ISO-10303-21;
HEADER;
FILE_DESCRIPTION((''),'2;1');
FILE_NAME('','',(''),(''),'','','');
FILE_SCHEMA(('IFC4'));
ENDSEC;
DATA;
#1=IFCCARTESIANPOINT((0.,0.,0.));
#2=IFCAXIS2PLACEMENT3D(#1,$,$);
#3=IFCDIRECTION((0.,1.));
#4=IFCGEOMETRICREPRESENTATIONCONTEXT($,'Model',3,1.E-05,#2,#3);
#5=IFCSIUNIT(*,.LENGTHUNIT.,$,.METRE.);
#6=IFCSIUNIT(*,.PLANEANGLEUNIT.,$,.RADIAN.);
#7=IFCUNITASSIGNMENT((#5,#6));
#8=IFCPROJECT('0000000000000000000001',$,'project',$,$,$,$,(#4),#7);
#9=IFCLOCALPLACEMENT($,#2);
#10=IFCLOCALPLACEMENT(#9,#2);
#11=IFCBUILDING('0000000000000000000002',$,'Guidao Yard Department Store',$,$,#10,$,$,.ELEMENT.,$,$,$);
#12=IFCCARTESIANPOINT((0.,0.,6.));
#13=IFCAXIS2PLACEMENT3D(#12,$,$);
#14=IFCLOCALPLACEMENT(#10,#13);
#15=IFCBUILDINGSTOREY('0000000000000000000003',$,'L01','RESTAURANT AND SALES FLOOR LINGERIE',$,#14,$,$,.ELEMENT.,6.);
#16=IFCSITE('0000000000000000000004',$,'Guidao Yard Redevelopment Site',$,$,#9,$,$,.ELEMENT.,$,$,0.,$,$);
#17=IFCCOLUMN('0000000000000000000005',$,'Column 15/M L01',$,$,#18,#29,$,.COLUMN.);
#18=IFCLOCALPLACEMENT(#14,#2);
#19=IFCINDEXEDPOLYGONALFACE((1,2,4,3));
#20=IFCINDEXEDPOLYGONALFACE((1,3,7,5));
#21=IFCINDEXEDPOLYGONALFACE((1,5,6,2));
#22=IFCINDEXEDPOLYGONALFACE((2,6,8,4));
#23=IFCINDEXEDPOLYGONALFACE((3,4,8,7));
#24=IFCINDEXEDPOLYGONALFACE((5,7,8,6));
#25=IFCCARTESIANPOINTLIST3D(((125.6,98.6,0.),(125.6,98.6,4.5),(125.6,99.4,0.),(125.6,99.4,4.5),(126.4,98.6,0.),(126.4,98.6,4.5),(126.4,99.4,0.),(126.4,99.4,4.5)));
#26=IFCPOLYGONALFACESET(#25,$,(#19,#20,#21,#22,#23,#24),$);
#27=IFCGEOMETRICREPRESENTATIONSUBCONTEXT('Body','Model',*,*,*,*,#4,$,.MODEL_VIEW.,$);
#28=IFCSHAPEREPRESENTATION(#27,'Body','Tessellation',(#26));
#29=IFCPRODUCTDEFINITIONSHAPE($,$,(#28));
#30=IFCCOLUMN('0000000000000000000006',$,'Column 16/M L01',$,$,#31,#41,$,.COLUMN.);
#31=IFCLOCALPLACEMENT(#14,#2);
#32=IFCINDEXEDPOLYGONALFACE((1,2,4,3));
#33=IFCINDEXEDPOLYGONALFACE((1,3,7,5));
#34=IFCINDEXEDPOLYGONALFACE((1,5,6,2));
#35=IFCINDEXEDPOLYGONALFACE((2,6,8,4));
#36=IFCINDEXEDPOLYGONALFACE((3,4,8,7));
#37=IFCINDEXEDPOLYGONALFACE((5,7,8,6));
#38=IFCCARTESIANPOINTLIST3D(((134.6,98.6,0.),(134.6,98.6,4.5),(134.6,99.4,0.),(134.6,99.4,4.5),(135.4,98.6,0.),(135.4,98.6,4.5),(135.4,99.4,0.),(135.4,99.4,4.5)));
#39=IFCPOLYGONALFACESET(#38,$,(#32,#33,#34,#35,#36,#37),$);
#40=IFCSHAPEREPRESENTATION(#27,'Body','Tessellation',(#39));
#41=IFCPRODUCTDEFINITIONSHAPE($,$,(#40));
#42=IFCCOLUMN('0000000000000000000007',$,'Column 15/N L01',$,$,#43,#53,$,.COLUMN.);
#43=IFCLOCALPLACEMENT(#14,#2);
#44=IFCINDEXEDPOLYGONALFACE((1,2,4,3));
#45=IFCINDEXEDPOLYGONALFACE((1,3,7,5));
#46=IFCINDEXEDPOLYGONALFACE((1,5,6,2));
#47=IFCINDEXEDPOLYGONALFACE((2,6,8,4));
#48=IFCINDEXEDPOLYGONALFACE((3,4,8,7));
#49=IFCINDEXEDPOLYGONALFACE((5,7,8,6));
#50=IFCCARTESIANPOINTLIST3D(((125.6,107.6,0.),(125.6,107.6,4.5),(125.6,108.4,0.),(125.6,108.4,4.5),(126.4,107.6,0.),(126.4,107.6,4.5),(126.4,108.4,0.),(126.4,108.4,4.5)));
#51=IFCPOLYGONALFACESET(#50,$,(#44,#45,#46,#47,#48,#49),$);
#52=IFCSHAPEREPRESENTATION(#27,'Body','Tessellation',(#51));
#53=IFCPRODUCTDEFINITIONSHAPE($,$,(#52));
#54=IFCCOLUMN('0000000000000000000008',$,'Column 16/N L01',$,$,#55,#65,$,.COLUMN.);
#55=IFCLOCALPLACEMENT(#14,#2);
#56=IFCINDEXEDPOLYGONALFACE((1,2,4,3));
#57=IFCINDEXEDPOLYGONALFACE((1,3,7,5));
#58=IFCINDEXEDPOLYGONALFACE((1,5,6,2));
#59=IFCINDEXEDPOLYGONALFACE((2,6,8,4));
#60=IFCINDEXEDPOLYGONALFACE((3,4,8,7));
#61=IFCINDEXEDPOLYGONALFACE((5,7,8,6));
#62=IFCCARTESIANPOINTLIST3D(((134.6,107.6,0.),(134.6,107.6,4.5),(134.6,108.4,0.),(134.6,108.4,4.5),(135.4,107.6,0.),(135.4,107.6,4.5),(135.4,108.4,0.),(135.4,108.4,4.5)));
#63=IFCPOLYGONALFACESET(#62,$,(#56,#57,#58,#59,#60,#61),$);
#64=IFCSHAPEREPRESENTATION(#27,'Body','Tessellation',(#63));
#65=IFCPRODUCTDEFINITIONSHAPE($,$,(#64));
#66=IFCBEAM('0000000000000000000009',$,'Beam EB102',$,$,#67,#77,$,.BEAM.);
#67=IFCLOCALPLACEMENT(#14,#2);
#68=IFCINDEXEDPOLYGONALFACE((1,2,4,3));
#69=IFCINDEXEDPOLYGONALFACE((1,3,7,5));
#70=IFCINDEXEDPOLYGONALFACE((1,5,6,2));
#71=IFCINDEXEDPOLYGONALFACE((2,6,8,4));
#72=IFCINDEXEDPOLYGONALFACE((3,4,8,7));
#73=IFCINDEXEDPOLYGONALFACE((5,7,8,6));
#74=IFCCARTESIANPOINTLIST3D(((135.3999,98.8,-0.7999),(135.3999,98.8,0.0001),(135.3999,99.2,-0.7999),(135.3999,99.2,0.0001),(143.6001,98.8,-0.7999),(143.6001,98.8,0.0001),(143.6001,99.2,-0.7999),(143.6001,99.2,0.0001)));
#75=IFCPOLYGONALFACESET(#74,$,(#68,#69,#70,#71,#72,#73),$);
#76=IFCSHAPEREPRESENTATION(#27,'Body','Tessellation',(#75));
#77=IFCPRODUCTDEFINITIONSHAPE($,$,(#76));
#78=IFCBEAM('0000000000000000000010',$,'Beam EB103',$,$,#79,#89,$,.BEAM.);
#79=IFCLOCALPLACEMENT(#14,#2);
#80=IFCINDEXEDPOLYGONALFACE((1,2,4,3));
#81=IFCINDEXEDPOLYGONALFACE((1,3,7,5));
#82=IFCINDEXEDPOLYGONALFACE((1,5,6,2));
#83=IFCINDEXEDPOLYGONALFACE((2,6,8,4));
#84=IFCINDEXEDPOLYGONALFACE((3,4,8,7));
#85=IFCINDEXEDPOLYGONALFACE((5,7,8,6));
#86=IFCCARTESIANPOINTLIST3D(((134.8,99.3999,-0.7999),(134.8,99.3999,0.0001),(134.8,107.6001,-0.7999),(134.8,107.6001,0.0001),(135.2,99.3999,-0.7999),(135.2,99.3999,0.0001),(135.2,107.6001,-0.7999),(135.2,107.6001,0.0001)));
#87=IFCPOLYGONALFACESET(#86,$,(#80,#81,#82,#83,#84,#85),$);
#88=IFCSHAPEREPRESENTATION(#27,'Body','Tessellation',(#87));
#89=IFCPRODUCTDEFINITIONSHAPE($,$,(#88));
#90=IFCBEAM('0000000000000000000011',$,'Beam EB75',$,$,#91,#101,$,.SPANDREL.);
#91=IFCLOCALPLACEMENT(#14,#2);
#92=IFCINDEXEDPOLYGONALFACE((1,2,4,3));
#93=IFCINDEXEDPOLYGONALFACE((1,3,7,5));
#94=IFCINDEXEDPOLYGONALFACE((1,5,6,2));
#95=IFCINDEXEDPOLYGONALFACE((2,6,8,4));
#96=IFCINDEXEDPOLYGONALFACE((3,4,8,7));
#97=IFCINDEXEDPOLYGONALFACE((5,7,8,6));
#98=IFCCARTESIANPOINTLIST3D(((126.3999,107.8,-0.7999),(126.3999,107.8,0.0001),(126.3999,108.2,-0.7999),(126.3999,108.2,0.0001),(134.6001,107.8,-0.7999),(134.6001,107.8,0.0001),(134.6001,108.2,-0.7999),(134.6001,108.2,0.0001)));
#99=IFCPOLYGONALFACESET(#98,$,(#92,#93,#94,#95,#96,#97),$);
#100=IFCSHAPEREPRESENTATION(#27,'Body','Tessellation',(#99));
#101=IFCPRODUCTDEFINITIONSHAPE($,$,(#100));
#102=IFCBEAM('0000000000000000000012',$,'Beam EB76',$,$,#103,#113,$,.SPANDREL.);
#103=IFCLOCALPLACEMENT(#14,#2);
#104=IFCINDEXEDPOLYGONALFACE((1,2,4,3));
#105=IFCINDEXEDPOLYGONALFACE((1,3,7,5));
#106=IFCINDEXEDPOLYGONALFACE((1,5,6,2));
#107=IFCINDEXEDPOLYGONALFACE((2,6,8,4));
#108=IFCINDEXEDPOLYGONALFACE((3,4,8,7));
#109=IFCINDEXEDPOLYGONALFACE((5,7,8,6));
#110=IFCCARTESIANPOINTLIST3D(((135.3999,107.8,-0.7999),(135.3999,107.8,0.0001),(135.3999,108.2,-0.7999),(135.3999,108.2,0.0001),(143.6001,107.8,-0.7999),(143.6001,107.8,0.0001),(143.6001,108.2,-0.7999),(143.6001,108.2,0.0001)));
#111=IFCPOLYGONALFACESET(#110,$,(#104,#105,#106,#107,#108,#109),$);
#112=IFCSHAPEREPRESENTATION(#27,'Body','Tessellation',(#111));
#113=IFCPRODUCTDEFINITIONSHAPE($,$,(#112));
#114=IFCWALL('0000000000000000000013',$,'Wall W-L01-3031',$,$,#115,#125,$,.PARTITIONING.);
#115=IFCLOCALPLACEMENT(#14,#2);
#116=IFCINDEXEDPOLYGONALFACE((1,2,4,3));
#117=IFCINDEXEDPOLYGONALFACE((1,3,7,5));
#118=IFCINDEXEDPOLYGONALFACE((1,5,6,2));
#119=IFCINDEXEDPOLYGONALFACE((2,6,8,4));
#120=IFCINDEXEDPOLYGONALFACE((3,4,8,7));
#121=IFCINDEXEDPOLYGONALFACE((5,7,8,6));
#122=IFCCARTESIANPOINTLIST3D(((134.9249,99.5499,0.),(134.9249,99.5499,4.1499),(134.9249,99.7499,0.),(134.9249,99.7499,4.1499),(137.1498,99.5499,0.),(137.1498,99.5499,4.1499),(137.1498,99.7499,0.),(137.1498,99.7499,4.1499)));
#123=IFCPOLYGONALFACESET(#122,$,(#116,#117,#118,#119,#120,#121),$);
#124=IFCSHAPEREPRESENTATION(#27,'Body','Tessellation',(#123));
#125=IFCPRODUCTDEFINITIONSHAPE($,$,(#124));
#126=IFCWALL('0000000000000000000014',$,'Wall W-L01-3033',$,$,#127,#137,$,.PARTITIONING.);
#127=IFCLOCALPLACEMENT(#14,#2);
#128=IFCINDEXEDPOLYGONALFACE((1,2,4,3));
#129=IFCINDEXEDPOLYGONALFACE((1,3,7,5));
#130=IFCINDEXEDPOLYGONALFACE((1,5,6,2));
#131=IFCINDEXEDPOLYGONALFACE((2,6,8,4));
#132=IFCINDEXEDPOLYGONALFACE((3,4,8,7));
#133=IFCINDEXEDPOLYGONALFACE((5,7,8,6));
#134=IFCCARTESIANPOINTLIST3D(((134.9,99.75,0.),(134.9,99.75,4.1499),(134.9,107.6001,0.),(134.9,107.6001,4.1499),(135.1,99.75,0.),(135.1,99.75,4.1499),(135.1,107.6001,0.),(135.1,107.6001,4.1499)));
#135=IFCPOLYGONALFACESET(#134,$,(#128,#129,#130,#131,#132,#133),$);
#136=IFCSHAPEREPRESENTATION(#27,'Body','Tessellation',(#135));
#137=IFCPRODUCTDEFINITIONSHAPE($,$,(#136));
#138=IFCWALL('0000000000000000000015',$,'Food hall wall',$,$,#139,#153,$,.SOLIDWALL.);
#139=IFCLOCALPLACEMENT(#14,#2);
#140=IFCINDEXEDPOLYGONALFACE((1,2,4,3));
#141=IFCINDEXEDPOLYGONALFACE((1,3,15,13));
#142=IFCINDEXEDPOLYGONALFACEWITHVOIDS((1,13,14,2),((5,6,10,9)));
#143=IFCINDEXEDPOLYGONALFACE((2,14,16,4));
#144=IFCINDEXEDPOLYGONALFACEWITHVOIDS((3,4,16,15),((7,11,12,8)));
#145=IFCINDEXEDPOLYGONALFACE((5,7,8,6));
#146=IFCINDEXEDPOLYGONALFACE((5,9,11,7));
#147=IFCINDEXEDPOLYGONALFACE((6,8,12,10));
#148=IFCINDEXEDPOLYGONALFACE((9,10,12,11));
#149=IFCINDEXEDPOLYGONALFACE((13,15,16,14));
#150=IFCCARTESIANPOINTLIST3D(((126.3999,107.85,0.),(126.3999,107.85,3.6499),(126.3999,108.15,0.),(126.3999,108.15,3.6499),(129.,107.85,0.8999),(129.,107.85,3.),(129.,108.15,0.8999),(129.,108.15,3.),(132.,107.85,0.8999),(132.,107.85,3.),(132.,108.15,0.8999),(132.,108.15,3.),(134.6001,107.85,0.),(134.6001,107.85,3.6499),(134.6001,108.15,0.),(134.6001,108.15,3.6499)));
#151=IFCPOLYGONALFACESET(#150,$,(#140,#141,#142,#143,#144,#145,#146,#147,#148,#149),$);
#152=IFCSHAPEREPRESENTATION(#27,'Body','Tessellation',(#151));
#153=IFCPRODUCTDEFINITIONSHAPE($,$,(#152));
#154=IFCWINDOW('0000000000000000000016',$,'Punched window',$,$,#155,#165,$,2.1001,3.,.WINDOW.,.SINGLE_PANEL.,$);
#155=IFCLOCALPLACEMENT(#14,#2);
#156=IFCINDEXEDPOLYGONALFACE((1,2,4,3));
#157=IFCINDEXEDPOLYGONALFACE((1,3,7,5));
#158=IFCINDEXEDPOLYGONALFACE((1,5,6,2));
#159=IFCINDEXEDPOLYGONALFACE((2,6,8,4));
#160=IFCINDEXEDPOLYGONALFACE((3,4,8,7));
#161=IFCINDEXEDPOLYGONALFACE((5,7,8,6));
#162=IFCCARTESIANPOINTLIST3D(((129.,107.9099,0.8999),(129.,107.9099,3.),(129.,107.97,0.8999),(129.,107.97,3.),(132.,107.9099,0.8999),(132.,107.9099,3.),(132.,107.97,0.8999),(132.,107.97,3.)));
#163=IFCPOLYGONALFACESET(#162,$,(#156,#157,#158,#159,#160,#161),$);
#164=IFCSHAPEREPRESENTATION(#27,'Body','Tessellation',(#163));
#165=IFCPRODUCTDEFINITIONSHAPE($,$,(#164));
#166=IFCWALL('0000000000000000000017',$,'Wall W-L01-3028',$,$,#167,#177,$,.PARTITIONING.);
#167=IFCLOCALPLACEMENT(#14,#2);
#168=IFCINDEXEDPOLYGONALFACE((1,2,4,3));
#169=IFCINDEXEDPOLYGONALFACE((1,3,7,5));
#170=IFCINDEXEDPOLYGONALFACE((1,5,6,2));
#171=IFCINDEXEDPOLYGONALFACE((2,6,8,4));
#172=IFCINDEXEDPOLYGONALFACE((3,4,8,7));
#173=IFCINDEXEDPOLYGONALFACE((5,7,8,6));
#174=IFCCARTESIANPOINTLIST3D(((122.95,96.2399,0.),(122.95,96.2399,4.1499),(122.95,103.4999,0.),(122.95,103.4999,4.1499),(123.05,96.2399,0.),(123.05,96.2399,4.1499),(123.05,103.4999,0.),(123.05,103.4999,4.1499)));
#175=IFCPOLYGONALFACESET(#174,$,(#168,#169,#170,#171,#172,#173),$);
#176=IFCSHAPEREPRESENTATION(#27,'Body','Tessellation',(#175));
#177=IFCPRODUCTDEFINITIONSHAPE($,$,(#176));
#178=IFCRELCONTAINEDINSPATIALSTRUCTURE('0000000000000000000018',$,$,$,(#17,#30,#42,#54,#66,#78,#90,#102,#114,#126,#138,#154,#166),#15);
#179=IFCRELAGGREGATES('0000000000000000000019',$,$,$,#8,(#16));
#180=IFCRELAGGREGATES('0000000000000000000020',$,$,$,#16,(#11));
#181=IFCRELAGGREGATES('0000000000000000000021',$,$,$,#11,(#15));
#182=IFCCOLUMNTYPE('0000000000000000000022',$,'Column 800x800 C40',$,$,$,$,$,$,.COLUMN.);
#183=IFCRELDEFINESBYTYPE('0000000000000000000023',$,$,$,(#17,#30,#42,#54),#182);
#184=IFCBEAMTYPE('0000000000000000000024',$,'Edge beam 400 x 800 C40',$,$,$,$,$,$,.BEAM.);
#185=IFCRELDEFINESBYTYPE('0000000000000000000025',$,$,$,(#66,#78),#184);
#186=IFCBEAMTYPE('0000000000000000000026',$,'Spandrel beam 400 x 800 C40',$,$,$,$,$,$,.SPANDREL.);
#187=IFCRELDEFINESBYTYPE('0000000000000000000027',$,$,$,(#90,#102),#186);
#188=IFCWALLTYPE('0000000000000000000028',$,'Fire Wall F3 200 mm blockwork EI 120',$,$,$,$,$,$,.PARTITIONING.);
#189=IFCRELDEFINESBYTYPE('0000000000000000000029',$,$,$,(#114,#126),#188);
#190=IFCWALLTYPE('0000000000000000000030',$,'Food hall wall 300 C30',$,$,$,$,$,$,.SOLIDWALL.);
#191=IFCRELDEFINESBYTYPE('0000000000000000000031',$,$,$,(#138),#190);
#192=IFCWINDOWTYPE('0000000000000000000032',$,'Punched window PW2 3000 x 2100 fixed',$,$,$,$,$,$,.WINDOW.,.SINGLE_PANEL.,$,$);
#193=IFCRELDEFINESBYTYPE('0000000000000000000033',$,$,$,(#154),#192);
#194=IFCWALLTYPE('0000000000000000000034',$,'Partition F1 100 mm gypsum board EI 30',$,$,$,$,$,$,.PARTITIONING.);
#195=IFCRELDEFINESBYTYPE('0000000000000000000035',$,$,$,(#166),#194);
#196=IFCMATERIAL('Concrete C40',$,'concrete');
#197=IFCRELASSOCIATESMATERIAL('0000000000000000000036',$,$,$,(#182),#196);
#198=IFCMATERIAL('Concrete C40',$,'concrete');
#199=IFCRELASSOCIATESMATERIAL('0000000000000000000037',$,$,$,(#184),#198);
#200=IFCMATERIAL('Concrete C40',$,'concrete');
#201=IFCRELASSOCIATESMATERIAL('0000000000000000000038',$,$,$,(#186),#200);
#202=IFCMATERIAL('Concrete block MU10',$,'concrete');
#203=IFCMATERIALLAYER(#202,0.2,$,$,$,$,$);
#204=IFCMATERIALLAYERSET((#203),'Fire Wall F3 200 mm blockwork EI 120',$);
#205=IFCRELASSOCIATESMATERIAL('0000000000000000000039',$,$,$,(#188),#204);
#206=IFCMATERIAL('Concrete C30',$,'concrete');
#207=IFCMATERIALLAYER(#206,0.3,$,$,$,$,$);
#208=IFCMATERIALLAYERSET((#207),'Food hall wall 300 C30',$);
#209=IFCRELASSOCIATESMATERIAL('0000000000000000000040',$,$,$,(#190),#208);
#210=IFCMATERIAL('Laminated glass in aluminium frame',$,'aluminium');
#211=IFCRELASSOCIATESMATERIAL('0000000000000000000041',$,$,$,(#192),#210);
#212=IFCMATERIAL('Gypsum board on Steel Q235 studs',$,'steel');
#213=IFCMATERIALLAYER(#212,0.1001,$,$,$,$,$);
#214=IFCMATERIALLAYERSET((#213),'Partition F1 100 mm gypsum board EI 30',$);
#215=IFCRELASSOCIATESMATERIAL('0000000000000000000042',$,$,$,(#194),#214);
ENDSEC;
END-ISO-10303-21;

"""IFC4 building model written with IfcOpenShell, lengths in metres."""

from ifc_helpers import new_model, si_unit, direction, frame, frame_2d, origin, origin_2d, place, context, subcontext, project, spatial, rectangle, extrude, material, layer, layer_set, material_profile, profile_set, type_object, element, fill, save


model = new_model("IFC4")

# Units and contexts
model_context = context("Model", 3, precision=1e-05, world=origin(), true_north=direction((0.0, 1.0)))
body_context = subcontext(model_context, "Body", "Model", "MODEL_VIEW")
ifc_project = project(units=[si_unit("LENGTHUNIT", "METRE"), si_unit("PLANEANGLEUNIT", "RADIAN")], contexts=[model_context])

# Site, building, storey
site_placement = place(None, origin())
site = spatial("IfcSite", under=ifc_project, at=site_placement, Name="Guidao Yard Redevelopment Site", CompositionType="ELEMENT", RefElevation=0.0)
building_placement = place(site_placement, origin())
building = spatial("IfcBuilding", under=site, at=building_placement, Name="Guidao Yard Department Store", CompositionType="ELEMENT")
storey_placement = place(building_placement, frame((0.0, 0.0, 6.0)))
storey = spatial("IfcBuildingStorey", under=building, at=storey_placement, Name="L01", Description="RESTAURANT AND SALES FLOOR LINGERIE", CompositionType="ELEMENT", Elevation=6.0)

# Columns
ifc_material_1 = material(Name="Concrete C40", Category="concrete")
ifc_material_profile_1 = material_profile(ifc_material_1, rectangle(XDim=0.8, YDim=0.8, at=origin_2d()), Name="COL 800x800")
ifc_profile_set_1 = profile_set([ifc_material_profile_1], Name="Concrete C40")
column_type = type_object("IfcColumnType", Name="Column 800x800 C40", PredefinedType="COLUMN", material=ifc_profile_set_1)
for number, where, z_axis, x_axis, name in (
    (1, (126.0, 99.0, 0.0), (0.0, 0.0, 1.0), (1.0, 0.0, 0.0), "Column 15/M L01"),
    (2, (135.0, 99.0, 0.0), (0.0, 0.0, 1.0), (1.0, 0.0, 0.0), "Column 16/M L01"),
    (3, (126.0, 108.0, 0.0), (0.0, 0.0, 1.0), (1.0, 0.0, 0.0), "Column 15/N L01"),
    (4, (135.0, 108.0, 0.0), (0.0, 0.0, 1.0), (1.0, 0.0, 0.0), "Column 16/N L01"),
):
    element("IfcColumn", number, at=place(storey_placement, frame(where, z_axis=z_axis, x_axis=x_axis)), inside=storey, type_object=column_type, Name=name, PredefinedType="COLUMN", context=body_context, shape_type="SweptSolid", body=[
        extrude(rectangle(XDim=0.8, YDim=0.8, at=origin_2d()), origin(), (0.0, 0.0, 1.0), 4.5),
    ])

# Beams
ifc_material_2 = material(Name="Concrete C40", Category="concrete")
ifc_material_profile_2 = material_profile(ifc_material_2, rectangle(XDim=0.3999, YDim=0.8, at=origin_2d()), Name="Edge beam 400 x 800 C40")
ifc_profile_set_2 = profile_set([ifc_material_profile_2], Name="Concrete C40")
beam_type_1 = type_object("IfcBeamType", Name="Edge beam 400 x 800 C40", PredefinedType="BEAM", material=ifc_profile_set_2)
for number, where, z_axis, x_axis, name in (
    (5, (135.3999, 99.0, -0.3999), (1.0, 0.0, 0.0), (0.0, 1.0, 0.0), "Beam EB102"),
    (6, (135.0, 99.3999, -0.3999), (0.0, 1.0, 0.0), (-1.0, 0.0, 0.0), "Beam EB103"),
):
    element("IfcBeam", number, at=place(storey_placement, frame(where, z_axis=z_axis, x_axis=x_axis)), inside=storey, type_object=beam_type_1, Name=name, PredefinedType="BEAM", context=body_context, shape_type="SweptSolid", body=[
        extrude(rectangle(XDim=0.3999, YDim=0.8, at=origin_2d()), origin(), (0.0, 0.0, 1.0), 8.2002),
    ])
ifc_material_3 = material(Name="Concrete C40", Category="concrete")
ifc_material_profile_3 = material_profile(ifc_material_3, rectangle(XDim=0.3999, YDim=0.8, at=origin_2d()), Name="Spandrel beam 400 x 800 C40")
ifc_profile_set_3 = profile_set([ifc_material_profile_3], Name="Concrete C40")
beam_type_2 = type_object("IfcBeamType", Name="Spandrel beam 400 x 800 C40", PredefinedType="SPANDREL", material=ifc_profile_set_3)
for number, where, z_axis, x_axis, name in (
    (7, (126.3999, 108.0, -0.3999), (1.0, 0.0, 0.0), (0.0, 1.0, 0.0), "Beam EB75"),
    (8, (135.3999, 108.0, -0.3999), (1.0, 0.0, 0.0), (0.0, 1.0, 0.0), "Beam EB76"),
):
    element("IfcBeam", number, at=place(storey_placement, frame(where, z_axis=z_axis, x_axis=x_axis)), inside=storey, type_object=beam_type_2, Name=name, PredefinedType="SPANDREL", context=body_context, shape_type="SweptSolid", body=[
        extrude(rectangle(XDim=0.3999, YDim=0.8, at=origin_2d()), origin(), (0.0, 0.0, 1.0), 8.2002),
    ])

# Walls
ifc_material_4 = material(Name="Concrete block MU10", Category="concrete")
ifc_layer_1 = layer(ifc_material_4, 0.2)
ifc_layer_set_1 = layer_set([ifc_layer_1], Name="Fire Wall F3 200 mm blockwork EI 120")
wall_type_1 = type_object("IfcWallType", Name="Fire Wall F3 200 mm blockwork EI 120", PredefinedType="PARTITIONING", material=ifc_layer_set_1)
wall_1_placement = place(storey_placement, frame((134.925, 99.6499, 0.0), z_axis=(0.0, 0.0, 1.0), x_axis=(1.0, 0.0, 0.0)))
element("IfcWall", 9, at=wall_1_placement, inside=storey, type_object=wall_type_1, Name="Wall W-L01-3031", PredefinedType="PARTITIONING", context=body_context, shape_type="SweptSolid", body=[
    extrude(rectangle(XDim=2.2249, YDim=0.2, at=frame_2d((1.1123, 0.0))), origin(), (0.0, 0.0, 1.0), 4.1499),
])
wall_2_placement = place(storey_placement, frame((135.0, 99.75, 0.0), z_axis=(0.0, 0.0, 1.0), x_axis=(0.0, 1.0, 0.0)))
element("IfcWall", 10, at=wall_2_placement, inside=storey, type_object=wall_type_1, Name="Wall W-L01-3033", PredefinedType="PARTITIONING", context=body_context, shape_type="SweptSolid", body=[
    extrude(rectangle(XDim=7.8501, YDim=0.2, at=frame_2d((3.925, 0.0))), origin(), (0.0, 0.0, 1.0), 4.1499),
])

# Wall, opening, window
ifc_material_5 = material(Name="Concrete C30", Category="concrete")
ifc_layer_2 = layer(ifc_material_5, 0.3)
ifc_layer_set_2 = layer_set([ifc_layer_2], Name="Food hall wall 300 C30")
wall_type_2 = type_object("IfcWallType", Name="Food hall wall 300 C30", PredefinedType="SOLIDWALL", material=ifc_layer_set_2)
wall_3_placement = place(storey_placement, frame((126.3999, 108.0, 0.0), z_axis=(0.0, 0.0, 1.0), x_axis=(1.0, 0.0, 0.0)))
wall_3 = element("IfcWall", 11, at=wall_3_placement, inside=storey, type_object=wall_type_2, Name="Food hall wall", PredefinedType="SOLIDWALL", context=body_context, shape_type="SweptSolid", body=[
    extrude(rectangle(XDim=8.2002, YDim=0.3, at=frame_2d((4.1001, 0.0))), origin(), (0.0, 0.0, 1.0), 3.6499),
])
opening_1_placement = place(wall_3_placement, frame((2.6001, 0.0, 0.8999)))
opening_1 = element("IfcOpeningElement", 12, at=opening_1_placement, cuts=wall_3, PredefinedType="OPENING", context=body_context, shape_type="SweptSolid", body=[
    extrude(rectangle(XDim=3.0, YDim=2.1001, at=frame_2d((1.5, 1.05))), frame((0.0, 0.1599, 0.0), z_axis=(0.0, -1.0, 0.0), x_axis=(1.0, 0.0, 0.0)), (0.0, 0.0, 1.0), 0.3201),
])
ifc_material_6 = material(Name="Laminated glass in aluminium frame", Category="aluminium")
window_type = type_object("IfcWindowType", Name="Punched window PW2 3000 x 2100 fixed", PartitioningType="SINGLE_PANEL", PredefinedType="WINDOW", material=ifc_material_6)
window_placement = place(opening_1_placement, origin())
window = element("IfcWindow", 13, at=window_placement, inside=storey, type_object=window_type, Name="Punched window", OverallHeight=2.1001, OverallWidth=3.0, PartitioningType="SINGLE_PANEL", PredefinedType="WINDOW", context=body_context, shape_type="SweptSolid", body=[
    extrude(rectangle(XDim=3.0, YDim=2.1001, at=frame_2d((1.5, 1.05))), frame((0.0, -0.03, 0.0), z_axis=(0.0, -1.0, 0.0), x_axis=(1.0, 0.0, 0.0)), (0.0, 0.0, 1.0), 0.0601),
])
fill(opening_1, window)

# Wall
ifc_material_7 = material(Name="Gypsum board on Steel Q235 studs", Category="steel")
ifc_layer_3 = layer(ifc_material_7, 0.1001)
ifc_layer_set_3 = layer_set([ifc_layer_3], Name="Partition F1 100 mm gypsum board EI 30")
wall_type_3 = type_object("IfcWallType", Name="Partition F1 100 mm gypsum board EI 30", PredefinedType="PARTITIONING", material=ifc_layer_set_3)
wall_4_placement = place(storey_placement, frame((123.0, 96.24, 0.0), z_axis=(0.0, 0.0, 1.0), x_axis=(0.0, 1.0, 0.0)))
element("IfcWall", 14, at=wall_4_placement, inside=storey, type_object=wall_type_3, Name="Wall W-L01-3028", PredefinedType="PARTITIONING", context=body_context, shape_type="SweptSolid", body=[
    extrude(rectangle(XDim=7.26, YDim=0.1001, at=frame_2d((3.6299, 0.0))), origin(), (0.0, 0.0, 1.0), 4.1499),
])

save(model, "model.ifc")
